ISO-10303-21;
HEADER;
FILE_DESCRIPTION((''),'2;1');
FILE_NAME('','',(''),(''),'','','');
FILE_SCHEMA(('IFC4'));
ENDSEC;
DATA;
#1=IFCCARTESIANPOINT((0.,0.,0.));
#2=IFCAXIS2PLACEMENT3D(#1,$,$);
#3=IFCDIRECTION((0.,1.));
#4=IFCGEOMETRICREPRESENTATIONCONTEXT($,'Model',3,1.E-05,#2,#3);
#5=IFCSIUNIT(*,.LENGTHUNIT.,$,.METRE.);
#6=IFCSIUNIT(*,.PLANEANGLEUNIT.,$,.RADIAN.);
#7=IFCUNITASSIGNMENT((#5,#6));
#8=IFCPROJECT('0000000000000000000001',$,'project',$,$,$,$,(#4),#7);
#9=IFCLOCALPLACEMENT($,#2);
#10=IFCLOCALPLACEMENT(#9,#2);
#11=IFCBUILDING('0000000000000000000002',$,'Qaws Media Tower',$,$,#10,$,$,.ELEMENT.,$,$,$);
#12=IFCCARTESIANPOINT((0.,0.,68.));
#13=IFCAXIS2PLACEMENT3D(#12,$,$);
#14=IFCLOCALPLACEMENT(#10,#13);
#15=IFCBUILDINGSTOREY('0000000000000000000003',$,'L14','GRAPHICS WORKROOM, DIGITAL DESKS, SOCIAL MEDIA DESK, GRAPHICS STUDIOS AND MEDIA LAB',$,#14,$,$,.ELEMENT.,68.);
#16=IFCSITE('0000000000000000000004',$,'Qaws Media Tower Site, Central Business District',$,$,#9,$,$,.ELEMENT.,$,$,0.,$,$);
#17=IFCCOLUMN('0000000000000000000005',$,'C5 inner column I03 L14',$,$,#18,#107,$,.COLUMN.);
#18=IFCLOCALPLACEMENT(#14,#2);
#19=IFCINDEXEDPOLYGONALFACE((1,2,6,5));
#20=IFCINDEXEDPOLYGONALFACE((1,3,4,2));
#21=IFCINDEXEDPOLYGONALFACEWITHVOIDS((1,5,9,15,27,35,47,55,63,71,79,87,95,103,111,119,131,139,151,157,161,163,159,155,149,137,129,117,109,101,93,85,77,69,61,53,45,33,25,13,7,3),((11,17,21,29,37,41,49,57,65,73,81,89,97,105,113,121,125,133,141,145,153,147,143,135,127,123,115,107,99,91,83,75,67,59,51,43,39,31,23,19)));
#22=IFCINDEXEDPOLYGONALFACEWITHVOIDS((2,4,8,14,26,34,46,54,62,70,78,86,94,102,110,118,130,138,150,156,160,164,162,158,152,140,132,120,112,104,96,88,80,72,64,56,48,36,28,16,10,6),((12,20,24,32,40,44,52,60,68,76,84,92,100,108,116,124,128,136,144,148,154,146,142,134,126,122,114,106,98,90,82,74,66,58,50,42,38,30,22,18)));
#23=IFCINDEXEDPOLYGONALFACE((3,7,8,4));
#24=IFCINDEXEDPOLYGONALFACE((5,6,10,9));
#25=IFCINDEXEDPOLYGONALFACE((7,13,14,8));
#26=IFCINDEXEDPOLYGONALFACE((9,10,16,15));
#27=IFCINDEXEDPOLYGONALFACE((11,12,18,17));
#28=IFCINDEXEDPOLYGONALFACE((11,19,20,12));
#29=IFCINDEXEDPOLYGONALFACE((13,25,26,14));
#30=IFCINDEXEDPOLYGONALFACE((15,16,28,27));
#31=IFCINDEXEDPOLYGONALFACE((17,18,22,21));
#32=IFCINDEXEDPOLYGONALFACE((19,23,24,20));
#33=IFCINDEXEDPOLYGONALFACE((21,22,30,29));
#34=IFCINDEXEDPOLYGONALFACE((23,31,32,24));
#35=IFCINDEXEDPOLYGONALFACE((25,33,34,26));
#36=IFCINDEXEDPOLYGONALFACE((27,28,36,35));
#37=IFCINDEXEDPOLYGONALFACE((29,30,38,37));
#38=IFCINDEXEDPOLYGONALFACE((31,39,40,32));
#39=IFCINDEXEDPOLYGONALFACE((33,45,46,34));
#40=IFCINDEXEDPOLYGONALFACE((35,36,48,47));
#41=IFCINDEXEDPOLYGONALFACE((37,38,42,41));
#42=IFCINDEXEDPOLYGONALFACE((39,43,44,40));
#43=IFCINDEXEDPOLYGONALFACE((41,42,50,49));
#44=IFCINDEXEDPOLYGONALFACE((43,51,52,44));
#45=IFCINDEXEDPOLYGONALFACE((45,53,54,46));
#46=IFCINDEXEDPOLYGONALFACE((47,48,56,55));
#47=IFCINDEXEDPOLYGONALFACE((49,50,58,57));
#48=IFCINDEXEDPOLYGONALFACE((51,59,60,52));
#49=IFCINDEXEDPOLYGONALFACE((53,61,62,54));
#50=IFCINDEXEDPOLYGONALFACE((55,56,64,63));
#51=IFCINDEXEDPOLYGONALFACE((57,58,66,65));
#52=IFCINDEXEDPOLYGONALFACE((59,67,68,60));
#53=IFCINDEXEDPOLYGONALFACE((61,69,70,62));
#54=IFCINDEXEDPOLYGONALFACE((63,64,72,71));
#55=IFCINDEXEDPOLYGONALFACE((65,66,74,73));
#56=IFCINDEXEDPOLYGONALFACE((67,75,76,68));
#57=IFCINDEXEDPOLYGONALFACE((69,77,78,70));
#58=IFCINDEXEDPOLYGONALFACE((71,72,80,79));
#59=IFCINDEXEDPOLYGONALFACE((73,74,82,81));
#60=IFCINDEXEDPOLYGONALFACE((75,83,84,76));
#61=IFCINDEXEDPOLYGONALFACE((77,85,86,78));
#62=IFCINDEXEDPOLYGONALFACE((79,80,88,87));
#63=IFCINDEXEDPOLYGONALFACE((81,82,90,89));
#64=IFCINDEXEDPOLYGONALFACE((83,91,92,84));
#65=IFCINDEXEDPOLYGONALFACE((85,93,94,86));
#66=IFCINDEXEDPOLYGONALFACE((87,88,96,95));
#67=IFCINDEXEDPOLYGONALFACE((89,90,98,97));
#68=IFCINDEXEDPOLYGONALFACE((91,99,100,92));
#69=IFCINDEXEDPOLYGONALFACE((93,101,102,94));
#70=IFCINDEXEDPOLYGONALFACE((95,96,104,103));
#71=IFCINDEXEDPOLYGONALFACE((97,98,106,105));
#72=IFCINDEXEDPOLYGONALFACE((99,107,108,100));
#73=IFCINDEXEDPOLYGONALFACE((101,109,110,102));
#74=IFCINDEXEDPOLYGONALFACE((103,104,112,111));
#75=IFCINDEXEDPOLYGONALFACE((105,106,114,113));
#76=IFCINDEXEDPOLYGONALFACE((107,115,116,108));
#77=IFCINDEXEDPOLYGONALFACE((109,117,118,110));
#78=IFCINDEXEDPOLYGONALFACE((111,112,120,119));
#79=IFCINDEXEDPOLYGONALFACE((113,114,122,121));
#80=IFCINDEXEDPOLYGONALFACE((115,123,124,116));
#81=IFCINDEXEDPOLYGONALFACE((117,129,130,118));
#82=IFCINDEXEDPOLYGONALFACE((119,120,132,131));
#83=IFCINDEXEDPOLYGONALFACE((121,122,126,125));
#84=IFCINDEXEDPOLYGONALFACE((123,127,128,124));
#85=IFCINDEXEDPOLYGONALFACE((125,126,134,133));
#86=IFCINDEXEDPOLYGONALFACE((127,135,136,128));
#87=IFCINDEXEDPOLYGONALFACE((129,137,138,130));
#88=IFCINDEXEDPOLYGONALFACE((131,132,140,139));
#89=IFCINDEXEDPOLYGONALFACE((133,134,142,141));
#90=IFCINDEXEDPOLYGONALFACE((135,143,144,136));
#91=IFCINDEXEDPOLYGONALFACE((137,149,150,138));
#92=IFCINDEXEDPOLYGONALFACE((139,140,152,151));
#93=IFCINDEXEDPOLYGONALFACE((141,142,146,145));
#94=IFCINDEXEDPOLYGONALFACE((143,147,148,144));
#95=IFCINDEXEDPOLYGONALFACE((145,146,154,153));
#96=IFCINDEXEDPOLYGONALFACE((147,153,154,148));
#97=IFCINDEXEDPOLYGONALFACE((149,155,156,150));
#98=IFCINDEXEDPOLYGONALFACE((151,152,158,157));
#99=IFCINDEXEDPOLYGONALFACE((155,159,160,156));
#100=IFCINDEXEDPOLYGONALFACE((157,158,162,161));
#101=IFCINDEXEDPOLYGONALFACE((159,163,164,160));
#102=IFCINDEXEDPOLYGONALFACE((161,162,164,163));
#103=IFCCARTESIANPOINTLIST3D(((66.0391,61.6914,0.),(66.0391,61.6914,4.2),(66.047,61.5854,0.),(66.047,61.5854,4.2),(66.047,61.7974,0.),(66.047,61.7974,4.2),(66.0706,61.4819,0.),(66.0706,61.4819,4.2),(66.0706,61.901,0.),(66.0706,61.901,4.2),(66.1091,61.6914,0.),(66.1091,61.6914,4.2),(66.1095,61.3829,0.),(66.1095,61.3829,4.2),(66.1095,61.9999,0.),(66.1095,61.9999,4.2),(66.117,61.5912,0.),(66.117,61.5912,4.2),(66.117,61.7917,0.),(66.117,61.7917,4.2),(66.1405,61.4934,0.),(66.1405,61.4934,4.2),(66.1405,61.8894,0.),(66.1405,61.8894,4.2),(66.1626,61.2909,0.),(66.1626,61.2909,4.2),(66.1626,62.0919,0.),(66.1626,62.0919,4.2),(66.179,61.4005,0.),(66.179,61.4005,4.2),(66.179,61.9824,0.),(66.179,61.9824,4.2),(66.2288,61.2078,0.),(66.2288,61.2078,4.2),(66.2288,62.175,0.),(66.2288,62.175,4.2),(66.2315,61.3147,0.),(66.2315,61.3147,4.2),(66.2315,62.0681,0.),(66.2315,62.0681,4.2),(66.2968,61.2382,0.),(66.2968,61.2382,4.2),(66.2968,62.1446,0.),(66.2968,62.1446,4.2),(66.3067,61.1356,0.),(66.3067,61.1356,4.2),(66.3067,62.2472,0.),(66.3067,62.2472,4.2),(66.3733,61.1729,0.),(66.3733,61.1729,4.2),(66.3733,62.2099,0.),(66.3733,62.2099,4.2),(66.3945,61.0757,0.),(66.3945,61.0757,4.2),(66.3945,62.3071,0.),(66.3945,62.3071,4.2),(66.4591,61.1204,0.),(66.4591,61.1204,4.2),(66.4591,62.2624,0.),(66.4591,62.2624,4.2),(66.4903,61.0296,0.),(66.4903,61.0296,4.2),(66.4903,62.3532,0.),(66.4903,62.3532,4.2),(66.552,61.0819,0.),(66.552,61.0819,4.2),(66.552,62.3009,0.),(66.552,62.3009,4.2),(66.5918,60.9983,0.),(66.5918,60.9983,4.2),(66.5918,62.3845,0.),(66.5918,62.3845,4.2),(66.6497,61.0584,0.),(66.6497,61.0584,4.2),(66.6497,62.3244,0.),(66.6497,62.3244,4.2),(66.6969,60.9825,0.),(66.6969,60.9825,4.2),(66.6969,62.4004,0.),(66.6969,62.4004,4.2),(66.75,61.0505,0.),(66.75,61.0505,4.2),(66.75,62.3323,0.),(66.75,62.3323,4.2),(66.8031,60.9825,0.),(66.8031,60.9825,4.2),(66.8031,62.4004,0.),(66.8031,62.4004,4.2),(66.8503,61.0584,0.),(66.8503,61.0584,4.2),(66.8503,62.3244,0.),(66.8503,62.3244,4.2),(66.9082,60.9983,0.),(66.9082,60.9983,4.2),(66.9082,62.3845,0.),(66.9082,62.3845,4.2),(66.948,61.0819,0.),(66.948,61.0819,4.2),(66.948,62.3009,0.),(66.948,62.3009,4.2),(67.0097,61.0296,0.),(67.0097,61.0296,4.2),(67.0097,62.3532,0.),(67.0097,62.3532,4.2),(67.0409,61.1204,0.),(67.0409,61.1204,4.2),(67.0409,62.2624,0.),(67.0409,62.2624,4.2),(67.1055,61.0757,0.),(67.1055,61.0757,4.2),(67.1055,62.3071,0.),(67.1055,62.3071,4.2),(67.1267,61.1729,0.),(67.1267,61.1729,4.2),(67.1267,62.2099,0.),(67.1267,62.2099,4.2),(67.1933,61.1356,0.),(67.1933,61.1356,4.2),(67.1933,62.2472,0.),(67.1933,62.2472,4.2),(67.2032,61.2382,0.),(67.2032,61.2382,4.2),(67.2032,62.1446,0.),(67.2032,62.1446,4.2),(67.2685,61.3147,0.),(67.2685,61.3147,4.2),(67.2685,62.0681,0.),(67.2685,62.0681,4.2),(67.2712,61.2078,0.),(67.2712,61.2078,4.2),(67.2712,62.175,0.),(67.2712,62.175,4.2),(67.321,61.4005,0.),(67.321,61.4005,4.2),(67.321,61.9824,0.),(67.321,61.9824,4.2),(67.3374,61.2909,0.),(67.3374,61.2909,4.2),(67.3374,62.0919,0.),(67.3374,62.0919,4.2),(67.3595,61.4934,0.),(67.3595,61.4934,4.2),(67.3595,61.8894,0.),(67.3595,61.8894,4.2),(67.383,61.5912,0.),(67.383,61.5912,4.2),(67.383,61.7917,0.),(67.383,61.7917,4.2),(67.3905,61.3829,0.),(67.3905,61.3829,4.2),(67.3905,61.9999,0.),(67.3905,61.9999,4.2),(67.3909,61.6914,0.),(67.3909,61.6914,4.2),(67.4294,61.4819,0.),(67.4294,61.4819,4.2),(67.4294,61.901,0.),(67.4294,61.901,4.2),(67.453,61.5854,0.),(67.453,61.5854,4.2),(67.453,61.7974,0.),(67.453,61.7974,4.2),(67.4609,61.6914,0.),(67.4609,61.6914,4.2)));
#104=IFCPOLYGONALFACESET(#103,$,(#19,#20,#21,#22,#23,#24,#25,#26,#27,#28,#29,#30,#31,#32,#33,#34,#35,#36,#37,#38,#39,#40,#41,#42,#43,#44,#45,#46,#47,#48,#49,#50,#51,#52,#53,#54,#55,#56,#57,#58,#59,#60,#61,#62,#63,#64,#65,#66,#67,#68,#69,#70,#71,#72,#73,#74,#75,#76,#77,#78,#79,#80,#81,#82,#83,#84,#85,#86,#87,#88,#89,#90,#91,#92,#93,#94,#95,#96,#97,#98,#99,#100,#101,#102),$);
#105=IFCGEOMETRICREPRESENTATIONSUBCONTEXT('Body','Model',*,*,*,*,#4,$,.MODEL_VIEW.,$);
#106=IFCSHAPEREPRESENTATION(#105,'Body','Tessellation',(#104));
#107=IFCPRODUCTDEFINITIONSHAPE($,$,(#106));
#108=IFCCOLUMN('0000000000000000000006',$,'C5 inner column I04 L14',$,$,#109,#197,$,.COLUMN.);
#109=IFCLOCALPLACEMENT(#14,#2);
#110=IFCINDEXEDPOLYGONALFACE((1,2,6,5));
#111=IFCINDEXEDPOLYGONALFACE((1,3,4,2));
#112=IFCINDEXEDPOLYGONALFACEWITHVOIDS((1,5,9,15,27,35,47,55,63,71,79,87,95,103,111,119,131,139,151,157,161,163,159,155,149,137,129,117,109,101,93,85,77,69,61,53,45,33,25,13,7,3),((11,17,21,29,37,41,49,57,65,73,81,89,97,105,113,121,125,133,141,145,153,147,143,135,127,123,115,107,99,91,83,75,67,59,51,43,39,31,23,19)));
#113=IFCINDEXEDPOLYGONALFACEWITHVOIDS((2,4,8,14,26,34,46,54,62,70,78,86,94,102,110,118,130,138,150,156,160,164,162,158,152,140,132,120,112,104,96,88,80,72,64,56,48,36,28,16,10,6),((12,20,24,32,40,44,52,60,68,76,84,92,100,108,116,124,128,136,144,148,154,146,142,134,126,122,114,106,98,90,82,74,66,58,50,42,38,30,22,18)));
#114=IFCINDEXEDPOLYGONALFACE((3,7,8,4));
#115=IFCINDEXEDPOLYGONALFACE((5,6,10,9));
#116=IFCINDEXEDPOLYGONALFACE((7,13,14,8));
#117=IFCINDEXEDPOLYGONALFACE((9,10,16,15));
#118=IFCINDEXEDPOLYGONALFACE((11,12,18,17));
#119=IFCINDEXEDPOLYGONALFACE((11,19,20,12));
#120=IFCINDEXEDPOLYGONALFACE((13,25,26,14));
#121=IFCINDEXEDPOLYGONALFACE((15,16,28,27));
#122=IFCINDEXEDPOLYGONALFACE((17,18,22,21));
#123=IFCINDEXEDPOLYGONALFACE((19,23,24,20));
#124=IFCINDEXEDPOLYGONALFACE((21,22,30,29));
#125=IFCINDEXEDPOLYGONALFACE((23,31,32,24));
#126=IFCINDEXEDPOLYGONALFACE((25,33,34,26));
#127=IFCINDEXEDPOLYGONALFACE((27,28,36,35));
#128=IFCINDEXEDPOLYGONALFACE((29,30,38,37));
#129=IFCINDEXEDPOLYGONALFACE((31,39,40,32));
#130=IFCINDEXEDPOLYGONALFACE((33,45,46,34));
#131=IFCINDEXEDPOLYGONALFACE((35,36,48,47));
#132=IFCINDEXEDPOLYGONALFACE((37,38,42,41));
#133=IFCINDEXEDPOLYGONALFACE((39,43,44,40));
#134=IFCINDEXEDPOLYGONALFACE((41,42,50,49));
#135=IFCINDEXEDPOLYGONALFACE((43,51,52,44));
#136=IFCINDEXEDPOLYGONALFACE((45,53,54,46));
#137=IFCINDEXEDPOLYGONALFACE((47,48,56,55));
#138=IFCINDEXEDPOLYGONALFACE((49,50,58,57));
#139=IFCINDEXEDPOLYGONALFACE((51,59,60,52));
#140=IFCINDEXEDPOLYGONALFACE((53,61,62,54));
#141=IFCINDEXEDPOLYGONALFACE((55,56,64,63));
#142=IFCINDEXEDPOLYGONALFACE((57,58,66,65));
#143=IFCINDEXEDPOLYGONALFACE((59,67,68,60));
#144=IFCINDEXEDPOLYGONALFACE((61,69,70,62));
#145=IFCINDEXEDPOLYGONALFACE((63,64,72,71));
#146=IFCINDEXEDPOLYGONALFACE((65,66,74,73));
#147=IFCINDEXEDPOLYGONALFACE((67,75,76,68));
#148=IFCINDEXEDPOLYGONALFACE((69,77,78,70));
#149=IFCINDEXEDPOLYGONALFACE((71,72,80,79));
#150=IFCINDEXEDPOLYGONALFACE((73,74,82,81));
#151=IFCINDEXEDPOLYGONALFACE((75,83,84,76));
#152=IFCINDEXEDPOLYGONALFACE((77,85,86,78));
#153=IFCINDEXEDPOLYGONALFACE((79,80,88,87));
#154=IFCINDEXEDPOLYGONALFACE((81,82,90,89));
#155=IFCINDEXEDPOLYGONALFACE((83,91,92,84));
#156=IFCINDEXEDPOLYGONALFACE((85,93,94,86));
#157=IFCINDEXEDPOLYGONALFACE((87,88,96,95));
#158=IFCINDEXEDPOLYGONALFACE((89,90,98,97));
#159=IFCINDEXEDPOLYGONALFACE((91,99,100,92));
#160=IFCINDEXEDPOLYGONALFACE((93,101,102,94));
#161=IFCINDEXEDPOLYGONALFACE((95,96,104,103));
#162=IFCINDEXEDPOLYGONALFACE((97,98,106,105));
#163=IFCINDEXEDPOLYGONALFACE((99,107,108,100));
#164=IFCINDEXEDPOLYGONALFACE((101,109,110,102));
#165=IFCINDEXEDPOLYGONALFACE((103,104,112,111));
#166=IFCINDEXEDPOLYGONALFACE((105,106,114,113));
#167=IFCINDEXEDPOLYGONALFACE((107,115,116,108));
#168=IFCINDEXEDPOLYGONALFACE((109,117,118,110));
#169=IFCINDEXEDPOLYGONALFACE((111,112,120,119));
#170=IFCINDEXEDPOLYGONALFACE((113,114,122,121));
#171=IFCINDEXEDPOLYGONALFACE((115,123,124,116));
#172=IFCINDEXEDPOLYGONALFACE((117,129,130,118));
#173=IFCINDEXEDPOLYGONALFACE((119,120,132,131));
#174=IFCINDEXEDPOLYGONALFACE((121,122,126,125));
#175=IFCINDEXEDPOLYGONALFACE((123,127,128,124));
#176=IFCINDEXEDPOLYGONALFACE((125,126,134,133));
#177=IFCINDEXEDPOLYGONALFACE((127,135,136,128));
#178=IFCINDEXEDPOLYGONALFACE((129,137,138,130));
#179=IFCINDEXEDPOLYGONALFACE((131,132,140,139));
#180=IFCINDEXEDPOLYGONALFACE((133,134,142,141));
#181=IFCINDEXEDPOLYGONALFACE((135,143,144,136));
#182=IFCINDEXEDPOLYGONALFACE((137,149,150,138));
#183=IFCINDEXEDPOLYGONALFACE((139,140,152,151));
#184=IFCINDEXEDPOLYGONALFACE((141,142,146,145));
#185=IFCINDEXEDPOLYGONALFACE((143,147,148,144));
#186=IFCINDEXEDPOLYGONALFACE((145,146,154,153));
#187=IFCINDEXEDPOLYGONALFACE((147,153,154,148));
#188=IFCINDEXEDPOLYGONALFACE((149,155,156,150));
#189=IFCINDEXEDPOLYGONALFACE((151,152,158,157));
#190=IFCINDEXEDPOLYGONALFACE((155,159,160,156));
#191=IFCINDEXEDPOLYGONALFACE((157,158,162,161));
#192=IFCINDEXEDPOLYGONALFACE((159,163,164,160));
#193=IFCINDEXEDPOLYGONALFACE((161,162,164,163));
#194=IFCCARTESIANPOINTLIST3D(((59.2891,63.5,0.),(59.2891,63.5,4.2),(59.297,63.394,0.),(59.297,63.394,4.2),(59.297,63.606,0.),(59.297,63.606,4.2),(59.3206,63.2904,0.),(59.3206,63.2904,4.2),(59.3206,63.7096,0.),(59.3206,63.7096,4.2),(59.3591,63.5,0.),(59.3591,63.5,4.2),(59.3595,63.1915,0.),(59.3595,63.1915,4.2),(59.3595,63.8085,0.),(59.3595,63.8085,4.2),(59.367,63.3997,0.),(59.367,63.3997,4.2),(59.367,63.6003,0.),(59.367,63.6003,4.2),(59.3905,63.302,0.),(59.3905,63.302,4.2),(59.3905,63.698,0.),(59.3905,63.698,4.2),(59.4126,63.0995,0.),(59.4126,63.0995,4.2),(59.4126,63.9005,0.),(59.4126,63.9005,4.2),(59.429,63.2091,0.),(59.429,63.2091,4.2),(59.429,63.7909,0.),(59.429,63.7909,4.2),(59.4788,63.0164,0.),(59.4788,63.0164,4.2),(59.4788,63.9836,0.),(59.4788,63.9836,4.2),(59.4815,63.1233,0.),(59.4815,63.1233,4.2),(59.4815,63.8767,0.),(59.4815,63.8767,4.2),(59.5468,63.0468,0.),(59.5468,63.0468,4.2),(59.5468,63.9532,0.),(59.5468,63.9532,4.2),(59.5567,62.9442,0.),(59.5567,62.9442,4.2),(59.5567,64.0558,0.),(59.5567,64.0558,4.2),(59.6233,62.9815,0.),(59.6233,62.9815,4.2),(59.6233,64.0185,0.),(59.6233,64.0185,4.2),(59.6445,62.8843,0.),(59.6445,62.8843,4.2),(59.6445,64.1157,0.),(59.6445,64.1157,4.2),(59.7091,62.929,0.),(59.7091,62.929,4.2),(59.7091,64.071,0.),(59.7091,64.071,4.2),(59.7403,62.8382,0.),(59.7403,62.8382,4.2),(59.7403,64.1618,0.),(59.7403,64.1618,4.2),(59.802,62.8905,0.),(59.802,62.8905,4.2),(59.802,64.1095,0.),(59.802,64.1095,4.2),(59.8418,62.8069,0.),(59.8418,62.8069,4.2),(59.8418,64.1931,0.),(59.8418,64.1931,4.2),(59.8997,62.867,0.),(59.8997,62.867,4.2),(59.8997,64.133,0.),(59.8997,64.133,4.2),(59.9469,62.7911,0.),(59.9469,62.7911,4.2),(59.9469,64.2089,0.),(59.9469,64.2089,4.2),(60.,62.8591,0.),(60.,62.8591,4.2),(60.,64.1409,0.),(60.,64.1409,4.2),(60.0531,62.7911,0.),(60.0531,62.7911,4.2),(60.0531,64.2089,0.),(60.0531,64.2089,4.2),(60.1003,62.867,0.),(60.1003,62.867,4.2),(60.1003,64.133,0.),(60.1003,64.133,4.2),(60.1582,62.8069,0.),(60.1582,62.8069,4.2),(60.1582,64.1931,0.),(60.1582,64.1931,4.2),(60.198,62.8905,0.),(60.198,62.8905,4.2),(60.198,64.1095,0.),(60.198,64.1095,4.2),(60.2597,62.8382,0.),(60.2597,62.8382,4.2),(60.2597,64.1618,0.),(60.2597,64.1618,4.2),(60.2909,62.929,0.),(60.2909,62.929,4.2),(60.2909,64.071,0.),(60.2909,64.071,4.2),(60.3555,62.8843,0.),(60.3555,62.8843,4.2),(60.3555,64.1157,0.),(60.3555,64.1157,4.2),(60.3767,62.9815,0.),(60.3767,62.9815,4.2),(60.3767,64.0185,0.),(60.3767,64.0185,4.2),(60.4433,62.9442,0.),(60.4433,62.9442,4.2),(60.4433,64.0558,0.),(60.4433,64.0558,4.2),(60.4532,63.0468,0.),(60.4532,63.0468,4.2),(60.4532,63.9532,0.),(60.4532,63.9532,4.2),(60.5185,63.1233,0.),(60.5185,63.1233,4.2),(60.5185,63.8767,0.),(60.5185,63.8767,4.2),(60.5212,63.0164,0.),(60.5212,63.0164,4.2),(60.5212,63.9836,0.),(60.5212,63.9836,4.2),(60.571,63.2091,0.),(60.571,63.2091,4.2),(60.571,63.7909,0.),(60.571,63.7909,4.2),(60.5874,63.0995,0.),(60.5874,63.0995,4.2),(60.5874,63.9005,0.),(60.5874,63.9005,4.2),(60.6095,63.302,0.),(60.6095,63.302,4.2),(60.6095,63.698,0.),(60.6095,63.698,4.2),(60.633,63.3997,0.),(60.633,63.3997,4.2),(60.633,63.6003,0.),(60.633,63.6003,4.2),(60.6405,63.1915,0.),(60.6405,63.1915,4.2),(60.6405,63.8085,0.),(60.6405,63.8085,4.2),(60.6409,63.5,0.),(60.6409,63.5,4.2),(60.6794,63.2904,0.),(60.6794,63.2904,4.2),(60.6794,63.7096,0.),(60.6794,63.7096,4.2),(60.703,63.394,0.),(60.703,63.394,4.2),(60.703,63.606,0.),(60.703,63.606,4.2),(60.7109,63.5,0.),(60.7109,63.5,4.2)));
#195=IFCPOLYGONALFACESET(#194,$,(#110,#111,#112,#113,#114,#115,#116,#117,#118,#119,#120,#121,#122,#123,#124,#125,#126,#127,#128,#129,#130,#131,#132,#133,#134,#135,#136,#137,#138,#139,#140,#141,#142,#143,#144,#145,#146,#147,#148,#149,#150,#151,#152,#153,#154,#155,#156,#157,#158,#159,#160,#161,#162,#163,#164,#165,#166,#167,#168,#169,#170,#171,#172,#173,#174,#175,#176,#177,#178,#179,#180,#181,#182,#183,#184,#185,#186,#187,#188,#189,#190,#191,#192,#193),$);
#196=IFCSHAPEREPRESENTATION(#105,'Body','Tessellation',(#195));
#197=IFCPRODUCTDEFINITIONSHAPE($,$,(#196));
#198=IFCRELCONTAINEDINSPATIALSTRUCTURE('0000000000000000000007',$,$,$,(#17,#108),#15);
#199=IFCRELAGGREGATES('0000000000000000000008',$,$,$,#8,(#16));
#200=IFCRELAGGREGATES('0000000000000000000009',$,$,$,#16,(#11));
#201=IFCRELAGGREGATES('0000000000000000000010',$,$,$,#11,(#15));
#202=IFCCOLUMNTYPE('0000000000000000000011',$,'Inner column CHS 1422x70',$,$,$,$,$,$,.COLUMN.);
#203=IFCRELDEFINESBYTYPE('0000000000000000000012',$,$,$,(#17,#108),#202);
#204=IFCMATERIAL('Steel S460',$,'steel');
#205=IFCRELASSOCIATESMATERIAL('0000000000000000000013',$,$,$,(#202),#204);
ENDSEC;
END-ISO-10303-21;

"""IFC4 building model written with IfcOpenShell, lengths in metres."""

from ifc_helpers import new_model, si_unit, direction, frame, origin, origin_2d, place, context, subcontext, project, spatial, hollow_circle, extrude, material, material_profile, profile_set, type_object, element, save


model = new_model("IFC4")

# Units and contexts
model_context = context("Model", 3, precision=1e-05, world=origin(), true_north=direction((0.0, 1.0)))
body_context = subcontext(model_context, "Body", "Model", "MODEL_VIEW")
ifc_project = project(units=[si_unit("LENGTHUNIT", "METRE"), si_unit("PLANEANGLEUNIT", "RADIAN")], contexts=[model_context])

# Site, building, storey
site_placement = place(None, origin())
site = spatial("IfcSite", under=ifc_project, at=site_placement, Name="Qaws Media Tower Site, Central Business District", CompositionType="ELEMENT", RefElevation=0.0)
building_placement = place(site_placement, origin())
building = spatial("IfcBuilding", under=site, at=building_placement, Name="Qaws Media Tower", CompositionType="ELEMENT")
storey_placement = place(building_placement, frame((0.0, 0.0, 68.0)))
storey = spatial("IfcBuildingStorey", under=building, at=storey_placement, Name="L14", Description="GRAPHICS WORKROOM, DIGITAL DESKS, SOCIAL MEDIA DESK, GRAPHICS STUDIOS AND MEDIA LAB", CompositionType="ELEMENT", Elevation=68.0)

# Columns
ifc_material_1 = material(Name="Steel S460", Category="steel")
ifc_material_profile_1 = material_profile(ifc_material_1, hollow_circle(Radius=0.7109, WallThickness=0.0701, at=origin_2d()), Name="CHS 1422x70")
ifc_profile_set_1 = profile_set([ifc_material_profile_1], Name="Steel S460")
column_type = type_object("IfcColumnType", Name="Inner column CHS 1422x70", PredefinedType="COLUMN", material=ifc_profile_set_1)
for number, where, z_axis, x_axis, name in (
    (1, (66.75, 61.6914, 0.0), (0.0, 0.0, 1.0), (1.0, 0.0, 0.0), "C5 inner column I03 L14"),
    (2, (60.0, 63.5, 0.0), (0.0, 0.0, 1.0), (1.0, 0.0, 0.0), "C5 inner column I04 L14"),
):
    element("IfcColumn", number, at=place(storey_placement, frame(where, z_axis=z_axis, x_axis=x_axis)), inside=storey, type_object=column_type, Name=name, PredefinedType="COLUMN", context=body_context, shape_type="SweptSolid", body=[
        extrude(hollow_circle(Radius=0.7109, WallThickness=0.0701, at=origin_2d()), origin(), (0.0, 0.0, 1.0), 4.2),
    ])

save(model, "model.ifc")
